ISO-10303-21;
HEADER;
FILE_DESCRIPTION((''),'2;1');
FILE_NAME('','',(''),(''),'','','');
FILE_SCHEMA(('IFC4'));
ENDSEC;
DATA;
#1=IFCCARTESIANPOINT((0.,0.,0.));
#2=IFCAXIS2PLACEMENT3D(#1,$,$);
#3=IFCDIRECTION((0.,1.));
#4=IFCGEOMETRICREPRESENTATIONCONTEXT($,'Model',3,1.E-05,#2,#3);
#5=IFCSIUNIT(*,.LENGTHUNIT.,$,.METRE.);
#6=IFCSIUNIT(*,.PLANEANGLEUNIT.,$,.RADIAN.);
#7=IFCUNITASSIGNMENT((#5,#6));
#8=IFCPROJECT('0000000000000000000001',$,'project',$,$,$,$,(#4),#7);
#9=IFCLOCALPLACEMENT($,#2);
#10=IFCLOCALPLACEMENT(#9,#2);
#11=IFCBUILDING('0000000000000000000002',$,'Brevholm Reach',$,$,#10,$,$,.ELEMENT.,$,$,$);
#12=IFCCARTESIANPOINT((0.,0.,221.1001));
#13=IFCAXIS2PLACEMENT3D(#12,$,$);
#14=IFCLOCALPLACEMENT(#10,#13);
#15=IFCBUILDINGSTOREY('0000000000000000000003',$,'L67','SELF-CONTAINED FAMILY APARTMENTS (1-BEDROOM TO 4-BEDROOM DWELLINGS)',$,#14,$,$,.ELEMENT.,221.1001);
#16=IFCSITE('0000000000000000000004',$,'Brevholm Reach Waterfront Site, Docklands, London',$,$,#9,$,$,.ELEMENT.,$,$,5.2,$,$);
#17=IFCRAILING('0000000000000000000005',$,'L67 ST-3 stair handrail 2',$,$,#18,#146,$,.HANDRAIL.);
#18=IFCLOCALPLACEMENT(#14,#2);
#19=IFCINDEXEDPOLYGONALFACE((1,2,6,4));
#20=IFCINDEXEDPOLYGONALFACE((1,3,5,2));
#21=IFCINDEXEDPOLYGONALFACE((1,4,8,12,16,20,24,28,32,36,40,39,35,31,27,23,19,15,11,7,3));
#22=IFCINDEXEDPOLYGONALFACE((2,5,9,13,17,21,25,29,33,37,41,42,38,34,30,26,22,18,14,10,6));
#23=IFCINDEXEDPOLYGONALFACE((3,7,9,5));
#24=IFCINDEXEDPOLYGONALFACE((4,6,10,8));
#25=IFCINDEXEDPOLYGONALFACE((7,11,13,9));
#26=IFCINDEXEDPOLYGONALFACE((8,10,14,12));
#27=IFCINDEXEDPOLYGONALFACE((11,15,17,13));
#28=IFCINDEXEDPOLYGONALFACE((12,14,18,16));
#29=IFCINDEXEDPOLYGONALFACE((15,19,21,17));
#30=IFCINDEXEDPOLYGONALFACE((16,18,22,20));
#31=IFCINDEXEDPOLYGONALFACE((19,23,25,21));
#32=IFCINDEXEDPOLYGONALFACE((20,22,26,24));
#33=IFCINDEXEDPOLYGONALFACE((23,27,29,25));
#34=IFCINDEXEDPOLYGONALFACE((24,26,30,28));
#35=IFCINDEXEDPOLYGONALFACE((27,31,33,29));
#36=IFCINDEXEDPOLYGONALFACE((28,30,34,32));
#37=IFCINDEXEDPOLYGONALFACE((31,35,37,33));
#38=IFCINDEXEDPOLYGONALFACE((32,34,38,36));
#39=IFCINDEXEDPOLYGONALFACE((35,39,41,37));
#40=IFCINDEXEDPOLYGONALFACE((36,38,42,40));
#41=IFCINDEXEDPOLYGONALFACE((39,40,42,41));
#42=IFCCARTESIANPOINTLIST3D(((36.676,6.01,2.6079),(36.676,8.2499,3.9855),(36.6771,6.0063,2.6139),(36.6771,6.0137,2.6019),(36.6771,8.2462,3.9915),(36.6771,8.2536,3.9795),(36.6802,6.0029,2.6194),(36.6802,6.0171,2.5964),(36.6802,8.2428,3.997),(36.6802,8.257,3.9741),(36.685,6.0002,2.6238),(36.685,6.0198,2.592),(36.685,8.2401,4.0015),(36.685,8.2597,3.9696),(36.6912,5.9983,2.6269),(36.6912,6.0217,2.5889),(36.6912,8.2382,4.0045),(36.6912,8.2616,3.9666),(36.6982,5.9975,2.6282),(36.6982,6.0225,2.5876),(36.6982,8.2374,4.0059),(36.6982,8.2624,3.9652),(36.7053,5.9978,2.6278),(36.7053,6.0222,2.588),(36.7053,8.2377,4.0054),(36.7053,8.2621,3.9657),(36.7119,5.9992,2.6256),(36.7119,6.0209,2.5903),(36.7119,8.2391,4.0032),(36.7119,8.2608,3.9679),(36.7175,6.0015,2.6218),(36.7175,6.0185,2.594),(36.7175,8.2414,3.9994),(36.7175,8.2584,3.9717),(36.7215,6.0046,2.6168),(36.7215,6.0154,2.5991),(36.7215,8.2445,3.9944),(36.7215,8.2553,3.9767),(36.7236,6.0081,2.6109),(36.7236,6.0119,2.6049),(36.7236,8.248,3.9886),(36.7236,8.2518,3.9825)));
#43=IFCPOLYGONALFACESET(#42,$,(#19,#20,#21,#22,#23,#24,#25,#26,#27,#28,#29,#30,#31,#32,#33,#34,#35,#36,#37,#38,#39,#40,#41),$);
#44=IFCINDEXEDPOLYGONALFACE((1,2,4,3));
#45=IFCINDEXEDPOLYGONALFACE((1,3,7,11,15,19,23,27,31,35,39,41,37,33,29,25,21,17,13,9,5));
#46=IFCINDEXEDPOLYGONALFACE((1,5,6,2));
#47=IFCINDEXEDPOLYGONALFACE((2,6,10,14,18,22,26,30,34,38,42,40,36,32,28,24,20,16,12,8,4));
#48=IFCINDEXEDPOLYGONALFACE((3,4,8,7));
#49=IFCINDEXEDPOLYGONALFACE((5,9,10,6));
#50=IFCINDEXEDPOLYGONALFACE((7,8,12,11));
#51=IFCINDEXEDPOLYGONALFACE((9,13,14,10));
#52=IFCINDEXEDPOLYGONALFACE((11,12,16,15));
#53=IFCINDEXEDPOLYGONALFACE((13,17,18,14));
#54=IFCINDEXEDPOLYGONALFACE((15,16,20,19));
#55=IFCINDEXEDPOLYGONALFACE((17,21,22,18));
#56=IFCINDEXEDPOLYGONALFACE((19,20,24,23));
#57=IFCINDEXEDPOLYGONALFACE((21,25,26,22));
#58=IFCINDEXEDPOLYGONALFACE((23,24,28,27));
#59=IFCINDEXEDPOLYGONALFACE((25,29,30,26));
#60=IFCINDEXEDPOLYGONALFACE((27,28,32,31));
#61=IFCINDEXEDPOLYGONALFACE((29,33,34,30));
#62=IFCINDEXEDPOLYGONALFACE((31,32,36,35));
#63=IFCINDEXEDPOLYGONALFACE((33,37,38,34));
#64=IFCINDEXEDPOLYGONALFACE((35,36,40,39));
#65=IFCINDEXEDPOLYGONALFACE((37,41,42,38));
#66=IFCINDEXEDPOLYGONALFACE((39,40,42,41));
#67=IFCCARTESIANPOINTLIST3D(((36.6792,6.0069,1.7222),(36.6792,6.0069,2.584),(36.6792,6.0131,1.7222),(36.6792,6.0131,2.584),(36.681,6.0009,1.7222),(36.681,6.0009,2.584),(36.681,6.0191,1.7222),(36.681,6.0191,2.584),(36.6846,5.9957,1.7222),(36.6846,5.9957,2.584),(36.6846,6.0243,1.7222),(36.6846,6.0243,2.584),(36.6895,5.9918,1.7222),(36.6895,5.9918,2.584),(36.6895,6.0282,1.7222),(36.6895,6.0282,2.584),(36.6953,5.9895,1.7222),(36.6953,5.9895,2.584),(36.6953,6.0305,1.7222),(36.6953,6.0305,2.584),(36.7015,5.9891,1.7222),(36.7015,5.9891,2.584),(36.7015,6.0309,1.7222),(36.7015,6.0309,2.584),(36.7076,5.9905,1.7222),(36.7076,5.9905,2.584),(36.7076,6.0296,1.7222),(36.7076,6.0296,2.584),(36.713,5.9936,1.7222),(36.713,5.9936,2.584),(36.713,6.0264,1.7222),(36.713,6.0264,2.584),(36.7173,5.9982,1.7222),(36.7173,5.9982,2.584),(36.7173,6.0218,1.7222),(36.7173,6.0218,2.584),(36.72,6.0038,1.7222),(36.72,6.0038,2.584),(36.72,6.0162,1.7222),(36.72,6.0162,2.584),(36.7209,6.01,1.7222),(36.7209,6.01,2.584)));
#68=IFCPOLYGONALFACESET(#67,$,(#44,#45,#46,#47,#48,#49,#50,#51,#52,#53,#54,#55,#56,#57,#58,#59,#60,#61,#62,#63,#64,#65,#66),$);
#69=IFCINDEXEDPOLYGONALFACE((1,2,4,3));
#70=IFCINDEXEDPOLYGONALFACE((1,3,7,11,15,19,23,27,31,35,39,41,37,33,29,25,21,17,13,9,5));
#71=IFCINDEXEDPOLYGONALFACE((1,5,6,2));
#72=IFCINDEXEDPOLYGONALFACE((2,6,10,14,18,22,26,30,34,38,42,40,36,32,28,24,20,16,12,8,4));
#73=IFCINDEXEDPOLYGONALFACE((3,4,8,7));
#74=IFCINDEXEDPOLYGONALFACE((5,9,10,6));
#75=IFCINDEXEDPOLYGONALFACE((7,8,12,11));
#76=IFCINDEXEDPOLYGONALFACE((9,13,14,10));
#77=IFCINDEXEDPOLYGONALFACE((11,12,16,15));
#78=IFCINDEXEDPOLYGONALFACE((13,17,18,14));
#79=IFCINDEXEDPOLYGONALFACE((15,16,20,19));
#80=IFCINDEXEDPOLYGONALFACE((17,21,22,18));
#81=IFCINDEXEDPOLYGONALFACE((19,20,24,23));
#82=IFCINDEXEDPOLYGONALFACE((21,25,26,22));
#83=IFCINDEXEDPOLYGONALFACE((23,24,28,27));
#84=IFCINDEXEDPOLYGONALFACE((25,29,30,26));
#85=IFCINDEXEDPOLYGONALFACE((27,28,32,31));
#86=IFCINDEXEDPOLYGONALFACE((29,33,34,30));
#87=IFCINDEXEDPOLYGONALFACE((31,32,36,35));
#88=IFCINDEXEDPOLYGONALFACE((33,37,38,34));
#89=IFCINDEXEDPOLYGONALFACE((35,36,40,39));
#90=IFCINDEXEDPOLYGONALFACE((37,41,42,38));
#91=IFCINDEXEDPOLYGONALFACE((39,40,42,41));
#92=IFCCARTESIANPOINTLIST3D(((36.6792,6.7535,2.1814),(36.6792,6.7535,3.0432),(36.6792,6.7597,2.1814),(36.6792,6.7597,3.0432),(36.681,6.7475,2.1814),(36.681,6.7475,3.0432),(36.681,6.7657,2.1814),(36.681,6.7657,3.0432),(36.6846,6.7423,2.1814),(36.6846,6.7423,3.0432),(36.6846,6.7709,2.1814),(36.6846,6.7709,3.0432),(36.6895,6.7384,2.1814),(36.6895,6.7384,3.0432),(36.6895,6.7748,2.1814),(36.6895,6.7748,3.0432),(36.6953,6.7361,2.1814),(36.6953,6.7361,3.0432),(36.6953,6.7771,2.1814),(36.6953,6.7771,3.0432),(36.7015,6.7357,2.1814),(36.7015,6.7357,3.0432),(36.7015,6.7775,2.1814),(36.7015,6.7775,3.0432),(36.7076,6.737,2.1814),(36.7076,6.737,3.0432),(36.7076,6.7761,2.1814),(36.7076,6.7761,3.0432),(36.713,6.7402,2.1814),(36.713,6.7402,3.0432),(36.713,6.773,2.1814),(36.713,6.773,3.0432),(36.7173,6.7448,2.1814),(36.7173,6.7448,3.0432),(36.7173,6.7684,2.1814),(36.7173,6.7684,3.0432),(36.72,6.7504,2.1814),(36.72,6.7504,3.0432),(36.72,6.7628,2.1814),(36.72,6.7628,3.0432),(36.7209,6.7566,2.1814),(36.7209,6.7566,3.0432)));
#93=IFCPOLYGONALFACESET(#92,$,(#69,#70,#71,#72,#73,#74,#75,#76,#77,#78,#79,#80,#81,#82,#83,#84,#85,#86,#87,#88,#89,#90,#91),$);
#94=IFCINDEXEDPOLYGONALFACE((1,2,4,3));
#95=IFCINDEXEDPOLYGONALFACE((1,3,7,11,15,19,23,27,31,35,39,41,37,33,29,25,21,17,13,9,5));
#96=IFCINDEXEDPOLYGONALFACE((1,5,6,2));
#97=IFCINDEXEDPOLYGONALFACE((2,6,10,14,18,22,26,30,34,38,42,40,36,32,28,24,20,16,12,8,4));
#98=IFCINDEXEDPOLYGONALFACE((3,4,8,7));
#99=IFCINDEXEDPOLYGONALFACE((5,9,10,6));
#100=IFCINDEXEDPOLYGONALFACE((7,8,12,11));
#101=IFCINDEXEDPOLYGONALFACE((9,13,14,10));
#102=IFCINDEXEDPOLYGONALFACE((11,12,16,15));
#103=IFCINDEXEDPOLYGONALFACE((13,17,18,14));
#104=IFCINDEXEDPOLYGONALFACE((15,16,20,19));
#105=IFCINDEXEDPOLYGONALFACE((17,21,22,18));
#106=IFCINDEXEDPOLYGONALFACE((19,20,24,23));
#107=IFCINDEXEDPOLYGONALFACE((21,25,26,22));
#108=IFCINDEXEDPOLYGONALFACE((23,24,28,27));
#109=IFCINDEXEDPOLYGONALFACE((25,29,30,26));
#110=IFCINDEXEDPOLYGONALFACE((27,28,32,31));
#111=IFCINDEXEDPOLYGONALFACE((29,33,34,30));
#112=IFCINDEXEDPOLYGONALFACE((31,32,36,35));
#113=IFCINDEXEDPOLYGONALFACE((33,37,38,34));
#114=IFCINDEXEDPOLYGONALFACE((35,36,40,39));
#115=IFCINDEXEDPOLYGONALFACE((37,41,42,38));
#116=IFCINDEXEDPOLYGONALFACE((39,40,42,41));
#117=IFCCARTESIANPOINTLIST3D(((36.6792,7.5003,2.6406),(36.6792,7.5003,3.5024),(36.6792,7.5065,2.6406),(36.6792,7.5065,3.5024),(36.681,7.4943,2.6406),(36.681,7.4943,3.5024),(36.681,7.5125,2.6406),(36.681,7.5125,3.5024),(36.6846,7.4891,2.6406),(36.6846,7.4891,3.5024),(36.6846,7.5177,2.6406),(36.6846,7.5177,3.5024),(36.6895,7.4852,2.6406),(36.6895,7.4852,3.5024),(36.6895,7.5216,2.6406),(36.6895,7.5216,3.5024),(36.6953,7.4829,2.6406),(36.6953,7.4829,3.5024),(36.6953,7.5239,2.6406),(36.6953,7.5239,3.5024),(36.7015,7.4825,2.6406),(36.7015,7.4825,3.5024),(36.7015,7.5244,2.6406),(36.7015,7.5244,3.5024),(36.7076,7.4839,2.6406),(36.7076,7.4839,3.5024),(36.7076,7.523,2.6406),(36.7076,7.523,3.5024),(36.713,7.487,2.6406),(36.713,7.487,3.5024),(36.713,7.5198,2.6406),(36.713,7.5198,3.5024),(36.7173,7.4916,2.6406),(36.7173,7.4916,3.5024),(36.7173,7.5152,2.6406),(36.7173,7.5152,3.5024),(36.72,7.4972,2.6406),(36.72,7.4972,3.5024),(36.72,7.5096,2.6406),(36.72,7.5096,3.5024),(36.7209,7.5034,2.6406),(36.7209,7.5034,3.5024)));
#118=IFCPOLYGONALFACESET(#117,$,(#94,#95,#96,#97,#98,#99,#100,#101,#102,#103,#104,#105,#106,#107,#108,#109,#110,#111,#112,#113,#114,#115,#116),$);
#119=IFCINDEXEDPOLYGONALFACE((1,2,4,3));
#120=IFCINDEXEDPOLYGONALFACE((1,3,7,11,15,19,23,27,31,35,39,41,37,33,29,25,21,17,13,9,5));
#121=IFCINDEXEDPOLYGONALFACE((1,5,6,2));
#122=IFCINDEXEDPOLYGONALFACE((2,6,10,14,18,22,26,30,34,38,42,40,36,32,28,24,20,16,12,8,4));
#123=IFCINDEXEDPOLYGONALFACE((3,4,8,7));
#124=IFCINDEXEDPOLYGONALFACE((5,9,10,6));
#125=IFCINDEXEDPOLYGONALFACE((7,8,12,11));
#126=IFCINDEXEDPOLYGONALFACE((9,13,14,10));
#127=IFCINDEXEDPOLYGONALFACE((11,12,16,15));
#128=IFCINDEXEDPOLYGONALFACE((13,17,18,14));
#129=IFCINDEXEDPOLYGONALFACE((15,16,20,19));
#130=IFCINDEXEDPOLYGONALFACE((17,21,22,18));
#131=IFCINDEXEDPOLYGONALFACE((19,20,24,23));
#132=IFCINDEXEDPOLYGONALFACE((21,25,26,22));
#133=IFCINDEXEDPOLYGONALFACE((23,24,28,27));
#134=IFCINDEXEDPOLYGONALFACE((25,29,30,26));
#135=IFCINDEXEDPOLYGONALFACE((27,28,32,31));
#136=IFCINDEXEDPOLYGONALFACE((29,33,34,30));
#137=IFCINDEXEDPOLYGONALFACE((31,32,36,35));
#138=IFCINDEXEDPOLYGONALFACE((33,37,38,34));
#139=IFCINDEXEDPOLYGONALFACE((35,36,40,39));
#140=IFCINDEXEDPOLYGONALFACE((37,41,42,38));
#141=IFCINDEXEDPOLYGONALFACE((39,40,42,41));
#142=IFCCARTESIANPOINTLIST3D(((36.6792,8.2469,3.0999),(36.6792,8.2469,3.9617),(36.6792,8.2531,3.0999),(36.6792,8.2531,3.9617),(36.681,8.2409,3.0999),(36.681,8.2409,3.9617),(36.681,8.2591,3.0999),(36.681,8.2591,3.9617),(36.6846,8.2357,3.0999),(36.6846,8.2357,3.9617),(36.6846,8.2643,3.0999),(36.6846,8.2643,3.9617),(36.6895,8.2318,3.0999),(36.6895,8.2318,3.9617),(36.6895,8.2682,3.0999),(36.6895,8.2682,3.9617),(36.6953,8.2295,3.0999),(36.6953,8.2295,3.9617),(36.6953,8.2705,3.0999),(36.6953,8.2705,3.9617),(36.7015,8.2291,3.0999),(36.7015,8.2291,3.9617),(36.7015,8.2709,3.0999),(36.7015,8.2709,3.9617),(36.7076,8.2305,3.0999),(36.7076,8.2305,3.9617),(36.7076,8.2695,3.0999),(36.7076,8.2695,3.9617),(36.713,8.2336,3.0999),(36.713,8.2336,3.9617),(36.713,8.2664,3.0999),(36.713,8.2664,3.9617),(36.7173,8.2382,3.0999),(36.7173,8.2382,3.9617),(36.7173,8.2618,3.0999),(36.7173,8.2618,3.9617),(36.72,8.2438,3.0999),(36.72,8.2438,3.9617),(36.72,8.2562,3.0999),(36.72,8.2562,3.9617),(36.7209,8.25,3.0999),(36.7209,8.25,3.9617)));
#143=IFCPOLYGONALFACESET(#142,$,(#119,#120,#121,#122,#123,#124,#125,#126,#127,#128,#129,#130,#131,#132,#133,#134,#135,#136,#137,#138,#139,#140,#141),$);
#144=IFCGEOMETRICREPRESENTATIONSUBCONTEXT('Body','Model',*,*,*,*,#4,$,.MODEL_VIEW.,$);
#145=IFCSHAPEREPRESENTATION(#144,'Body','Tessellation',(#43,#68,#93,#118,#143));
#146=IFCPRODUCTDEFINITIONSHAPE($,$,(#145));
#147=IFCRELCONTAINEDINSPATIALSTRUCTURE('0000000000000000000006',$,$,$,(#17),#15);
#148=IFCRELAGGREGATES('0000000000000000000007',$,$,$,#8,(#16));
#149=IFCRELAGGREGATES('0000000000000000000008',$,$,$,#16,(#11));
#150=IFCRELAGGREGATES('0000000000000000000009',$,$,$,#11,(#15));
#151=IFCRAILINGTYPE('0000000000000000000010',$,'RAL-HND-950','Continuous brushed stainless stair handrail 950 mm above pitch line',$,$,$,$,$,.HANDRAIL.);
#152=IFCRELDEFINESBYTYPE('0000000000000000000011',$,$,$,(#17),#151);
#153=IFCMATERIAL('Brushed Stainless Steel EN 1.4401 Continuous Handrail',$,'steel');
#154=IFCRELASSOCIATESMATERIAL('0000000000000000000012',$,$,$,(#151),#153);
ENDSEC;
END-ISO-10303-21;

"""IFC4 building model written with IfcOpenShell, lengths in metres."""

from ifc_helpers import new_model, si_unit, direction, frame, origin, origin_2d, place, context, subcontext, project, spatial, circle, extrude, material, type_object, element, save


model = new_model("IFC4")

# Units and contexts
model_context = context("Model", 3, precision=1e-05, world=origin(), true_north=direction((0.0, 1.0)))
body_context = subcontext(model_context, "Body", "Model", "MODEL_VIEW")
ifc_project = project(units=[si_unit("LENGTHUNIT", "METRE"), si_unit("PLANEANGLEUNIT", "RADIAN")], contexts=[model_context])

# Site, building, storey
site_placement = place(None, origin())
site = spatial("IfcSite", under=ifc_project, at=site_placement, Name="Brevholm Reach Waterfront Site, Docklands, London", CompositionType="ELEMENT", RefElevation=5.2)
building_placement = place(site_placement, origin())
building = spatial("IfcBuilding", under=site, at=building_placement, Name="Brevholm Reach", CompositionType="ELEMENT")
storey_placement = place(building_placement, frame((0.0, 0.0, 221.1001)))
storey = spatial("IfcBuildingStorey", under=building, at=storey_placement, Name="L67", Description="SELF-CONTAINED FAMILY APARTMENTS (1-BEDROOM TO 4-BEDROOM DWELLINGS)", CompositionType="ELEMENT", Elevation=221.1001)

# Railing
ifc_material_1 = material(Name="Brushed Stainless Steel EN 1.4401 Continuous Handrail", Category="steel")
railing_type_1 = type_object("IfcRailingType", Name="RAL-HND-950", Description="Continuous brushed stainless stair handrail 950 mm above pitch line", PredefinedType="HANDRAIL", material=ifc_material_1)
railing_1_placement = place(storey_placement, frame((36.7, 6.01, 1.7222)))
element("IfcRailing", 1, at=railing_1_placement, inside=storey, type_object=railing_type_1, Name="L67 ST-3 stair handrail 2", PredefinedType="HANDRAIL", context=body_context, shape_type="SweptSolid", body=[
    extrude(circle(Radius=0.0239, at=origin_2d()), frame((0.0, 0.0, 0.8857), z_axis=(0.0, 0.851789, 0.523885), x_axis=(-1.0, 0.0, 0.0)), (0.0, 0.0, 1.0), 2.6296),
    extrude(circle(Radius=0.021, at=origin_2d()), origin(), (0.0, 0.0, 1.0), 0.8618),
    extrude(circle(Radius=0.021, at=origin_2d()), frame((0.0, 0.7466, 0.4592)), (0.0, 0.0, 1.0), 0.8618),
    extrude(circle(Radius=0.021, at=origin_2d()), frame((0.0, 1.4934, 0.9185)), (0.0, 0.0, 1.0), 0.8618),
    extrude(circle(Radius=0.021, at=origin_2d()), frame((0.0, 2.24, 1.3777)), (0.0, 0.0, 1.0), 0.8618),
])

save(model, "model.ifc")
